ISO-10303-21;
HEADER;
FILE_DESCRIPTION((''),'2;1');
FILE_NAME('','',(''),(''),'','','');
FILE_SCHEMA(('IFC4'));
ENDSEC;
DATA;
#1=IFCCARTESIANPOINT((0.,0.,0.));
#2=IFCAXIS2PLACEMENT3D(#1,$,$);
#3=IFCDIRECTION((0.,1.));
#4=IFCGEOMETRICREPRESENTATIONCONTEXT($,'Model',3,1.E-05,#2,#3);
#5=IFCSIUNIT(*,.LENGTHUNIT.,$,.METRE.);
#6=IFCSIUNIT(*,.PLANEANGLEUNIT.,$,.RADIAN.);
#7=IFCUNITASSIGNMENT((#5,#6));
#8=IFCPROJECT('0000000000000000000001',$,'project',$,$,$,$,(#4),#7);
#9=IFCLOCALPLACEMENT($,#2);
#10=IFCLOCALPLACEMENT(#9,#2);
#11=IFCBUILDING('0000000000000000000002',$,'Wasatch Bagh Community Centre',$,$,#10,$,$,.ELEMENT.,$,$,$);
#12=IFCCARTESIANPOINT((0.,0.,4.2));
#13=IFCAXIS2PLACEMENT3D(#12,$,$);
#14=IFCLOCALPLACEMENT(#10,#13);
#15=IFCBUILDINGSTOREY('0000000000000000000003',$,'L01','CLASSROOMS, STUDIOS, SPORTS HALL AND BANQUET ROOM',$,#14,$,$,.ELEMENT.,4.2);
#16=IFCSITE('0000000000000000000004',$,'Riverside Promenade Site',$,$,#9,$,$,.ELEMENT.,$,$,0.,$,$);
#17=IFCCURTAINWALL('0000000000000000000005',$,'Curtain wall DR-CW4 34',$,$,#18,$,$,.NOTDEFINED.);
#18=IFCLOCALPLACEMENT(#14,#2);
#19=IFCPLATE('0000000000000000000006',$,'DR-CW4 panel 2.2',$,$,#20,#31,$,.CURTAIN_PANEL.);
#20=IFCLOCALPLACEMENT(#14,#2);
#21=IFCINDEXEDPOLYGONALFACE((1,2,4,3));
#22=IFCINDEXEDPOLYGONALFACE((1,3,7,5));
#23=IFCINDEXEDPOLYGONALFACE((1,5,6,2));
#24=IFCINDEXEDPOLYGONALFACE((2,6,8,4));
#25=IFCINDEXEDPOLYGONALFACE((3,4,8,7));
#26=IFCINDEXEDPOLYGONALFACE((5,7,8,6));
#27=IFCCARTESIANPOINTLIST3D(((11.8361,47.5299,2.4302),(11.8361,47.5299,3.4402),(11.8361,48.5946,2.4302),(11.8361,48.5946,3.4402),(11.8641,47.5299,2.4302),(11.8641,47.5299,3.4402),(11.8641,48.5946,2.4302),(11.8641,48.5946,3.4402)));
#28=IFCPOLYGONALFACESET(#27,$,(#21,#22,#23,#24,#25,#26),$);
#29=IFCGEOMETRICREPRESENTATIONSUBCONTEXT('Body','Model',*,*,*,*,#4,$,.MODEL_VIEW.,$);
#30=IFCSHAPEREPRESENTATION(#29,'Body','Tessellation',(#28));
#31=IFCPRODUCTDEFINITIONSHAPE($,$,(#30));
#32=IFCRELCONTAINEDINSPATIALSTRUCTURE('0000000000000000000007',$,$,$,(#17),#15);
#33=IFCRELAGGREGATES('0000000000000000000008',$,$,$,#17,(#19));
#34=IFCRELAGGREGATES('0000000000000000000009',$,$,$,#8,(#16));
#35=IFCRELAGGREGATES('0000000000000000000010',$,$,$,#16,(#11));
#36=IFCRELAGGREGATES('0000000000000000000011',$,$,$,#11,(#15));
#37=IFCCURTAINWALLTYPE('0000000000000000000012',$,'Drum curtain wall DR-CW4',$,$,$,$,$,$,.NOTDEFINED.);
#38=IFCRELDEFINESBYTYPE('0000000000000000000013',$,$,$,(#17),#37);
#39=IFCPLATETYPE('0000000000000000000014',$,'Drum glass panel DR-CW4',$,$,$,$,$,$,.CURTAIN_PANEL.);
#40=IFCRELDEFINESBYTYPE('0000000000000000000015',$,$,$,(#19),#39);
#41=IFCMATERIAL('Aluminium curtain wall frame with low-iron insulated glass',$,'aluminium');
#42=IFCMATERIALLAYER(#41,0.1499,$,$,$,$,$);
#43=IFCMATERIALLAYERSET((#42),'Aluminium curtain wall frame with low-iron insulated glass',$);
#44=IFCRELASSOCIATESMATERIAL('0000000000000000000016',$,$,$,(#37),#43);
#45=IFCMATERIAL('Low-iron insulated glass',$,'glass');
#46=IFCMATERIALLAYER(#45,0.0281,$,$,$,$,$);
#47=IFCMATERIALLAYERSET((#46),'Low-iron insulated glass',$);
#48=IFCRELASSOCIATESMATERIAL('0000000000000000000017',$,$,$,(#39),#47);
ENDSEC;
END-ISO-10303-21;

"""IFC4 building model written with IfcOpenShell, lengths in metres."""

from ifc_helpers import new_model, si_unit, direction, frame, origin, origin_2d, place, context, subcontext, project, spatial, rectangle, extrude, material, layer, layer_set, type_object, element, aggregate, save


model = new_model("IFC4")

# Units and contexts
model_context = context("Model", 3, precision=1e-05, world=origin(), true_north=direction((0.0, 1.0)))
body_context = subcontext(model_context, "Body", "Model", "MODEL_VIEW")
ifc_project = project(units=[si_unit("LENGTHUNIT", "METRE"), si_unit("PLANEANGLEUNIT", "RADIAN")], contexts=[model_context])

# Site, building, storey
site_placement = place(None, origin())
site = spatial("IfcSite", under=ifc_project, at=site_placement, Name="Riverside Promenade Site", CompositionType="ELEMENT", RefElevation=0.0)
building_placement = place(site_placement, origin())
building = spatial("IfcBuilding", under=site, at=building_placement, Name="Wasatch Bagh Community Centre", CompositionType="ELEMENT")
storey_placement = place(building_placement, frame((0.0, 0.0, 4.2)))
storey = spatial("IfcBuildingStorey", under=building, at=storey_placement, Name="L01", Description="CLASSROOMS, STUDIOS, SPORTS HALL AND BANQUET ROOM", CompositionType="ELEMENT", Elevation=4.2)

# Curtain wall
ifc_material_1 = material(Name="Aluminium curtain wall frame with low-iron insulated glass", Category="aluminium")
ifc_layer_1 = layer(ifc_material_1, 0.1499)
ifc_layer_set_1 = layer_set([ifc_layer_1], Name="Aluminium curtain wall frame with low-iron insulated glass")
curtain_wall_type = type_object("IfcCurtainWallType", Name="Drum curtain wall DR-CW4", PredefinedType="NOTDEFINED", material=ifc_layer_set_1)
curtain_wall_1_placement = place(storey_placement, origin())
curtain_wall_1 = element("IfcCurtainWall", 1, at=curtain_wall_1_placement, inside=storey, type_object=curtain_wall_type, Name="Curtain wall DR-CW4 34", PredefinedType="NOTDEFINED")

# Plate
ifc_material_2 = material(Name="Low-iron insulated glass", Category="glass")
ifc_layer_2 = layer(ifc_material_2, 0.0281)
ifc_layer_set_2 = layer_set([ifc_layer_2], Name="Low-iron insulated glass")
plate_type = type_object("IfcPlateType", Name="Drum glass panel DR-CW4", PredefinedType="CURTAIN_PANEL", material=ifc_layer_set_2)
plate_1_placement = place(storey_placement, frame((11.8501, 48.0623, 2.4302), z_axis=(0.0, 0.0, 1.0), x_axis=(0.0, -1.0, 0.0)))
plate_1 = element("IfcPlate", 2, at=plate_1_placement, type_object=plate_type, Name="DR-CW4 panel 2.2", PredefinedType="CURTAIN_PANEL", context=body_context, shape_type="SweptSolid", body=[
    extrude(rectangle(XDim=1.0647, YDim=0.0281, at=origin_2d()), origin(), (0.0, 0.0, 1.0), 1.01),
])
aggregate(curtain_wall_1, [plate_1])

save(model, "model.ifc")
